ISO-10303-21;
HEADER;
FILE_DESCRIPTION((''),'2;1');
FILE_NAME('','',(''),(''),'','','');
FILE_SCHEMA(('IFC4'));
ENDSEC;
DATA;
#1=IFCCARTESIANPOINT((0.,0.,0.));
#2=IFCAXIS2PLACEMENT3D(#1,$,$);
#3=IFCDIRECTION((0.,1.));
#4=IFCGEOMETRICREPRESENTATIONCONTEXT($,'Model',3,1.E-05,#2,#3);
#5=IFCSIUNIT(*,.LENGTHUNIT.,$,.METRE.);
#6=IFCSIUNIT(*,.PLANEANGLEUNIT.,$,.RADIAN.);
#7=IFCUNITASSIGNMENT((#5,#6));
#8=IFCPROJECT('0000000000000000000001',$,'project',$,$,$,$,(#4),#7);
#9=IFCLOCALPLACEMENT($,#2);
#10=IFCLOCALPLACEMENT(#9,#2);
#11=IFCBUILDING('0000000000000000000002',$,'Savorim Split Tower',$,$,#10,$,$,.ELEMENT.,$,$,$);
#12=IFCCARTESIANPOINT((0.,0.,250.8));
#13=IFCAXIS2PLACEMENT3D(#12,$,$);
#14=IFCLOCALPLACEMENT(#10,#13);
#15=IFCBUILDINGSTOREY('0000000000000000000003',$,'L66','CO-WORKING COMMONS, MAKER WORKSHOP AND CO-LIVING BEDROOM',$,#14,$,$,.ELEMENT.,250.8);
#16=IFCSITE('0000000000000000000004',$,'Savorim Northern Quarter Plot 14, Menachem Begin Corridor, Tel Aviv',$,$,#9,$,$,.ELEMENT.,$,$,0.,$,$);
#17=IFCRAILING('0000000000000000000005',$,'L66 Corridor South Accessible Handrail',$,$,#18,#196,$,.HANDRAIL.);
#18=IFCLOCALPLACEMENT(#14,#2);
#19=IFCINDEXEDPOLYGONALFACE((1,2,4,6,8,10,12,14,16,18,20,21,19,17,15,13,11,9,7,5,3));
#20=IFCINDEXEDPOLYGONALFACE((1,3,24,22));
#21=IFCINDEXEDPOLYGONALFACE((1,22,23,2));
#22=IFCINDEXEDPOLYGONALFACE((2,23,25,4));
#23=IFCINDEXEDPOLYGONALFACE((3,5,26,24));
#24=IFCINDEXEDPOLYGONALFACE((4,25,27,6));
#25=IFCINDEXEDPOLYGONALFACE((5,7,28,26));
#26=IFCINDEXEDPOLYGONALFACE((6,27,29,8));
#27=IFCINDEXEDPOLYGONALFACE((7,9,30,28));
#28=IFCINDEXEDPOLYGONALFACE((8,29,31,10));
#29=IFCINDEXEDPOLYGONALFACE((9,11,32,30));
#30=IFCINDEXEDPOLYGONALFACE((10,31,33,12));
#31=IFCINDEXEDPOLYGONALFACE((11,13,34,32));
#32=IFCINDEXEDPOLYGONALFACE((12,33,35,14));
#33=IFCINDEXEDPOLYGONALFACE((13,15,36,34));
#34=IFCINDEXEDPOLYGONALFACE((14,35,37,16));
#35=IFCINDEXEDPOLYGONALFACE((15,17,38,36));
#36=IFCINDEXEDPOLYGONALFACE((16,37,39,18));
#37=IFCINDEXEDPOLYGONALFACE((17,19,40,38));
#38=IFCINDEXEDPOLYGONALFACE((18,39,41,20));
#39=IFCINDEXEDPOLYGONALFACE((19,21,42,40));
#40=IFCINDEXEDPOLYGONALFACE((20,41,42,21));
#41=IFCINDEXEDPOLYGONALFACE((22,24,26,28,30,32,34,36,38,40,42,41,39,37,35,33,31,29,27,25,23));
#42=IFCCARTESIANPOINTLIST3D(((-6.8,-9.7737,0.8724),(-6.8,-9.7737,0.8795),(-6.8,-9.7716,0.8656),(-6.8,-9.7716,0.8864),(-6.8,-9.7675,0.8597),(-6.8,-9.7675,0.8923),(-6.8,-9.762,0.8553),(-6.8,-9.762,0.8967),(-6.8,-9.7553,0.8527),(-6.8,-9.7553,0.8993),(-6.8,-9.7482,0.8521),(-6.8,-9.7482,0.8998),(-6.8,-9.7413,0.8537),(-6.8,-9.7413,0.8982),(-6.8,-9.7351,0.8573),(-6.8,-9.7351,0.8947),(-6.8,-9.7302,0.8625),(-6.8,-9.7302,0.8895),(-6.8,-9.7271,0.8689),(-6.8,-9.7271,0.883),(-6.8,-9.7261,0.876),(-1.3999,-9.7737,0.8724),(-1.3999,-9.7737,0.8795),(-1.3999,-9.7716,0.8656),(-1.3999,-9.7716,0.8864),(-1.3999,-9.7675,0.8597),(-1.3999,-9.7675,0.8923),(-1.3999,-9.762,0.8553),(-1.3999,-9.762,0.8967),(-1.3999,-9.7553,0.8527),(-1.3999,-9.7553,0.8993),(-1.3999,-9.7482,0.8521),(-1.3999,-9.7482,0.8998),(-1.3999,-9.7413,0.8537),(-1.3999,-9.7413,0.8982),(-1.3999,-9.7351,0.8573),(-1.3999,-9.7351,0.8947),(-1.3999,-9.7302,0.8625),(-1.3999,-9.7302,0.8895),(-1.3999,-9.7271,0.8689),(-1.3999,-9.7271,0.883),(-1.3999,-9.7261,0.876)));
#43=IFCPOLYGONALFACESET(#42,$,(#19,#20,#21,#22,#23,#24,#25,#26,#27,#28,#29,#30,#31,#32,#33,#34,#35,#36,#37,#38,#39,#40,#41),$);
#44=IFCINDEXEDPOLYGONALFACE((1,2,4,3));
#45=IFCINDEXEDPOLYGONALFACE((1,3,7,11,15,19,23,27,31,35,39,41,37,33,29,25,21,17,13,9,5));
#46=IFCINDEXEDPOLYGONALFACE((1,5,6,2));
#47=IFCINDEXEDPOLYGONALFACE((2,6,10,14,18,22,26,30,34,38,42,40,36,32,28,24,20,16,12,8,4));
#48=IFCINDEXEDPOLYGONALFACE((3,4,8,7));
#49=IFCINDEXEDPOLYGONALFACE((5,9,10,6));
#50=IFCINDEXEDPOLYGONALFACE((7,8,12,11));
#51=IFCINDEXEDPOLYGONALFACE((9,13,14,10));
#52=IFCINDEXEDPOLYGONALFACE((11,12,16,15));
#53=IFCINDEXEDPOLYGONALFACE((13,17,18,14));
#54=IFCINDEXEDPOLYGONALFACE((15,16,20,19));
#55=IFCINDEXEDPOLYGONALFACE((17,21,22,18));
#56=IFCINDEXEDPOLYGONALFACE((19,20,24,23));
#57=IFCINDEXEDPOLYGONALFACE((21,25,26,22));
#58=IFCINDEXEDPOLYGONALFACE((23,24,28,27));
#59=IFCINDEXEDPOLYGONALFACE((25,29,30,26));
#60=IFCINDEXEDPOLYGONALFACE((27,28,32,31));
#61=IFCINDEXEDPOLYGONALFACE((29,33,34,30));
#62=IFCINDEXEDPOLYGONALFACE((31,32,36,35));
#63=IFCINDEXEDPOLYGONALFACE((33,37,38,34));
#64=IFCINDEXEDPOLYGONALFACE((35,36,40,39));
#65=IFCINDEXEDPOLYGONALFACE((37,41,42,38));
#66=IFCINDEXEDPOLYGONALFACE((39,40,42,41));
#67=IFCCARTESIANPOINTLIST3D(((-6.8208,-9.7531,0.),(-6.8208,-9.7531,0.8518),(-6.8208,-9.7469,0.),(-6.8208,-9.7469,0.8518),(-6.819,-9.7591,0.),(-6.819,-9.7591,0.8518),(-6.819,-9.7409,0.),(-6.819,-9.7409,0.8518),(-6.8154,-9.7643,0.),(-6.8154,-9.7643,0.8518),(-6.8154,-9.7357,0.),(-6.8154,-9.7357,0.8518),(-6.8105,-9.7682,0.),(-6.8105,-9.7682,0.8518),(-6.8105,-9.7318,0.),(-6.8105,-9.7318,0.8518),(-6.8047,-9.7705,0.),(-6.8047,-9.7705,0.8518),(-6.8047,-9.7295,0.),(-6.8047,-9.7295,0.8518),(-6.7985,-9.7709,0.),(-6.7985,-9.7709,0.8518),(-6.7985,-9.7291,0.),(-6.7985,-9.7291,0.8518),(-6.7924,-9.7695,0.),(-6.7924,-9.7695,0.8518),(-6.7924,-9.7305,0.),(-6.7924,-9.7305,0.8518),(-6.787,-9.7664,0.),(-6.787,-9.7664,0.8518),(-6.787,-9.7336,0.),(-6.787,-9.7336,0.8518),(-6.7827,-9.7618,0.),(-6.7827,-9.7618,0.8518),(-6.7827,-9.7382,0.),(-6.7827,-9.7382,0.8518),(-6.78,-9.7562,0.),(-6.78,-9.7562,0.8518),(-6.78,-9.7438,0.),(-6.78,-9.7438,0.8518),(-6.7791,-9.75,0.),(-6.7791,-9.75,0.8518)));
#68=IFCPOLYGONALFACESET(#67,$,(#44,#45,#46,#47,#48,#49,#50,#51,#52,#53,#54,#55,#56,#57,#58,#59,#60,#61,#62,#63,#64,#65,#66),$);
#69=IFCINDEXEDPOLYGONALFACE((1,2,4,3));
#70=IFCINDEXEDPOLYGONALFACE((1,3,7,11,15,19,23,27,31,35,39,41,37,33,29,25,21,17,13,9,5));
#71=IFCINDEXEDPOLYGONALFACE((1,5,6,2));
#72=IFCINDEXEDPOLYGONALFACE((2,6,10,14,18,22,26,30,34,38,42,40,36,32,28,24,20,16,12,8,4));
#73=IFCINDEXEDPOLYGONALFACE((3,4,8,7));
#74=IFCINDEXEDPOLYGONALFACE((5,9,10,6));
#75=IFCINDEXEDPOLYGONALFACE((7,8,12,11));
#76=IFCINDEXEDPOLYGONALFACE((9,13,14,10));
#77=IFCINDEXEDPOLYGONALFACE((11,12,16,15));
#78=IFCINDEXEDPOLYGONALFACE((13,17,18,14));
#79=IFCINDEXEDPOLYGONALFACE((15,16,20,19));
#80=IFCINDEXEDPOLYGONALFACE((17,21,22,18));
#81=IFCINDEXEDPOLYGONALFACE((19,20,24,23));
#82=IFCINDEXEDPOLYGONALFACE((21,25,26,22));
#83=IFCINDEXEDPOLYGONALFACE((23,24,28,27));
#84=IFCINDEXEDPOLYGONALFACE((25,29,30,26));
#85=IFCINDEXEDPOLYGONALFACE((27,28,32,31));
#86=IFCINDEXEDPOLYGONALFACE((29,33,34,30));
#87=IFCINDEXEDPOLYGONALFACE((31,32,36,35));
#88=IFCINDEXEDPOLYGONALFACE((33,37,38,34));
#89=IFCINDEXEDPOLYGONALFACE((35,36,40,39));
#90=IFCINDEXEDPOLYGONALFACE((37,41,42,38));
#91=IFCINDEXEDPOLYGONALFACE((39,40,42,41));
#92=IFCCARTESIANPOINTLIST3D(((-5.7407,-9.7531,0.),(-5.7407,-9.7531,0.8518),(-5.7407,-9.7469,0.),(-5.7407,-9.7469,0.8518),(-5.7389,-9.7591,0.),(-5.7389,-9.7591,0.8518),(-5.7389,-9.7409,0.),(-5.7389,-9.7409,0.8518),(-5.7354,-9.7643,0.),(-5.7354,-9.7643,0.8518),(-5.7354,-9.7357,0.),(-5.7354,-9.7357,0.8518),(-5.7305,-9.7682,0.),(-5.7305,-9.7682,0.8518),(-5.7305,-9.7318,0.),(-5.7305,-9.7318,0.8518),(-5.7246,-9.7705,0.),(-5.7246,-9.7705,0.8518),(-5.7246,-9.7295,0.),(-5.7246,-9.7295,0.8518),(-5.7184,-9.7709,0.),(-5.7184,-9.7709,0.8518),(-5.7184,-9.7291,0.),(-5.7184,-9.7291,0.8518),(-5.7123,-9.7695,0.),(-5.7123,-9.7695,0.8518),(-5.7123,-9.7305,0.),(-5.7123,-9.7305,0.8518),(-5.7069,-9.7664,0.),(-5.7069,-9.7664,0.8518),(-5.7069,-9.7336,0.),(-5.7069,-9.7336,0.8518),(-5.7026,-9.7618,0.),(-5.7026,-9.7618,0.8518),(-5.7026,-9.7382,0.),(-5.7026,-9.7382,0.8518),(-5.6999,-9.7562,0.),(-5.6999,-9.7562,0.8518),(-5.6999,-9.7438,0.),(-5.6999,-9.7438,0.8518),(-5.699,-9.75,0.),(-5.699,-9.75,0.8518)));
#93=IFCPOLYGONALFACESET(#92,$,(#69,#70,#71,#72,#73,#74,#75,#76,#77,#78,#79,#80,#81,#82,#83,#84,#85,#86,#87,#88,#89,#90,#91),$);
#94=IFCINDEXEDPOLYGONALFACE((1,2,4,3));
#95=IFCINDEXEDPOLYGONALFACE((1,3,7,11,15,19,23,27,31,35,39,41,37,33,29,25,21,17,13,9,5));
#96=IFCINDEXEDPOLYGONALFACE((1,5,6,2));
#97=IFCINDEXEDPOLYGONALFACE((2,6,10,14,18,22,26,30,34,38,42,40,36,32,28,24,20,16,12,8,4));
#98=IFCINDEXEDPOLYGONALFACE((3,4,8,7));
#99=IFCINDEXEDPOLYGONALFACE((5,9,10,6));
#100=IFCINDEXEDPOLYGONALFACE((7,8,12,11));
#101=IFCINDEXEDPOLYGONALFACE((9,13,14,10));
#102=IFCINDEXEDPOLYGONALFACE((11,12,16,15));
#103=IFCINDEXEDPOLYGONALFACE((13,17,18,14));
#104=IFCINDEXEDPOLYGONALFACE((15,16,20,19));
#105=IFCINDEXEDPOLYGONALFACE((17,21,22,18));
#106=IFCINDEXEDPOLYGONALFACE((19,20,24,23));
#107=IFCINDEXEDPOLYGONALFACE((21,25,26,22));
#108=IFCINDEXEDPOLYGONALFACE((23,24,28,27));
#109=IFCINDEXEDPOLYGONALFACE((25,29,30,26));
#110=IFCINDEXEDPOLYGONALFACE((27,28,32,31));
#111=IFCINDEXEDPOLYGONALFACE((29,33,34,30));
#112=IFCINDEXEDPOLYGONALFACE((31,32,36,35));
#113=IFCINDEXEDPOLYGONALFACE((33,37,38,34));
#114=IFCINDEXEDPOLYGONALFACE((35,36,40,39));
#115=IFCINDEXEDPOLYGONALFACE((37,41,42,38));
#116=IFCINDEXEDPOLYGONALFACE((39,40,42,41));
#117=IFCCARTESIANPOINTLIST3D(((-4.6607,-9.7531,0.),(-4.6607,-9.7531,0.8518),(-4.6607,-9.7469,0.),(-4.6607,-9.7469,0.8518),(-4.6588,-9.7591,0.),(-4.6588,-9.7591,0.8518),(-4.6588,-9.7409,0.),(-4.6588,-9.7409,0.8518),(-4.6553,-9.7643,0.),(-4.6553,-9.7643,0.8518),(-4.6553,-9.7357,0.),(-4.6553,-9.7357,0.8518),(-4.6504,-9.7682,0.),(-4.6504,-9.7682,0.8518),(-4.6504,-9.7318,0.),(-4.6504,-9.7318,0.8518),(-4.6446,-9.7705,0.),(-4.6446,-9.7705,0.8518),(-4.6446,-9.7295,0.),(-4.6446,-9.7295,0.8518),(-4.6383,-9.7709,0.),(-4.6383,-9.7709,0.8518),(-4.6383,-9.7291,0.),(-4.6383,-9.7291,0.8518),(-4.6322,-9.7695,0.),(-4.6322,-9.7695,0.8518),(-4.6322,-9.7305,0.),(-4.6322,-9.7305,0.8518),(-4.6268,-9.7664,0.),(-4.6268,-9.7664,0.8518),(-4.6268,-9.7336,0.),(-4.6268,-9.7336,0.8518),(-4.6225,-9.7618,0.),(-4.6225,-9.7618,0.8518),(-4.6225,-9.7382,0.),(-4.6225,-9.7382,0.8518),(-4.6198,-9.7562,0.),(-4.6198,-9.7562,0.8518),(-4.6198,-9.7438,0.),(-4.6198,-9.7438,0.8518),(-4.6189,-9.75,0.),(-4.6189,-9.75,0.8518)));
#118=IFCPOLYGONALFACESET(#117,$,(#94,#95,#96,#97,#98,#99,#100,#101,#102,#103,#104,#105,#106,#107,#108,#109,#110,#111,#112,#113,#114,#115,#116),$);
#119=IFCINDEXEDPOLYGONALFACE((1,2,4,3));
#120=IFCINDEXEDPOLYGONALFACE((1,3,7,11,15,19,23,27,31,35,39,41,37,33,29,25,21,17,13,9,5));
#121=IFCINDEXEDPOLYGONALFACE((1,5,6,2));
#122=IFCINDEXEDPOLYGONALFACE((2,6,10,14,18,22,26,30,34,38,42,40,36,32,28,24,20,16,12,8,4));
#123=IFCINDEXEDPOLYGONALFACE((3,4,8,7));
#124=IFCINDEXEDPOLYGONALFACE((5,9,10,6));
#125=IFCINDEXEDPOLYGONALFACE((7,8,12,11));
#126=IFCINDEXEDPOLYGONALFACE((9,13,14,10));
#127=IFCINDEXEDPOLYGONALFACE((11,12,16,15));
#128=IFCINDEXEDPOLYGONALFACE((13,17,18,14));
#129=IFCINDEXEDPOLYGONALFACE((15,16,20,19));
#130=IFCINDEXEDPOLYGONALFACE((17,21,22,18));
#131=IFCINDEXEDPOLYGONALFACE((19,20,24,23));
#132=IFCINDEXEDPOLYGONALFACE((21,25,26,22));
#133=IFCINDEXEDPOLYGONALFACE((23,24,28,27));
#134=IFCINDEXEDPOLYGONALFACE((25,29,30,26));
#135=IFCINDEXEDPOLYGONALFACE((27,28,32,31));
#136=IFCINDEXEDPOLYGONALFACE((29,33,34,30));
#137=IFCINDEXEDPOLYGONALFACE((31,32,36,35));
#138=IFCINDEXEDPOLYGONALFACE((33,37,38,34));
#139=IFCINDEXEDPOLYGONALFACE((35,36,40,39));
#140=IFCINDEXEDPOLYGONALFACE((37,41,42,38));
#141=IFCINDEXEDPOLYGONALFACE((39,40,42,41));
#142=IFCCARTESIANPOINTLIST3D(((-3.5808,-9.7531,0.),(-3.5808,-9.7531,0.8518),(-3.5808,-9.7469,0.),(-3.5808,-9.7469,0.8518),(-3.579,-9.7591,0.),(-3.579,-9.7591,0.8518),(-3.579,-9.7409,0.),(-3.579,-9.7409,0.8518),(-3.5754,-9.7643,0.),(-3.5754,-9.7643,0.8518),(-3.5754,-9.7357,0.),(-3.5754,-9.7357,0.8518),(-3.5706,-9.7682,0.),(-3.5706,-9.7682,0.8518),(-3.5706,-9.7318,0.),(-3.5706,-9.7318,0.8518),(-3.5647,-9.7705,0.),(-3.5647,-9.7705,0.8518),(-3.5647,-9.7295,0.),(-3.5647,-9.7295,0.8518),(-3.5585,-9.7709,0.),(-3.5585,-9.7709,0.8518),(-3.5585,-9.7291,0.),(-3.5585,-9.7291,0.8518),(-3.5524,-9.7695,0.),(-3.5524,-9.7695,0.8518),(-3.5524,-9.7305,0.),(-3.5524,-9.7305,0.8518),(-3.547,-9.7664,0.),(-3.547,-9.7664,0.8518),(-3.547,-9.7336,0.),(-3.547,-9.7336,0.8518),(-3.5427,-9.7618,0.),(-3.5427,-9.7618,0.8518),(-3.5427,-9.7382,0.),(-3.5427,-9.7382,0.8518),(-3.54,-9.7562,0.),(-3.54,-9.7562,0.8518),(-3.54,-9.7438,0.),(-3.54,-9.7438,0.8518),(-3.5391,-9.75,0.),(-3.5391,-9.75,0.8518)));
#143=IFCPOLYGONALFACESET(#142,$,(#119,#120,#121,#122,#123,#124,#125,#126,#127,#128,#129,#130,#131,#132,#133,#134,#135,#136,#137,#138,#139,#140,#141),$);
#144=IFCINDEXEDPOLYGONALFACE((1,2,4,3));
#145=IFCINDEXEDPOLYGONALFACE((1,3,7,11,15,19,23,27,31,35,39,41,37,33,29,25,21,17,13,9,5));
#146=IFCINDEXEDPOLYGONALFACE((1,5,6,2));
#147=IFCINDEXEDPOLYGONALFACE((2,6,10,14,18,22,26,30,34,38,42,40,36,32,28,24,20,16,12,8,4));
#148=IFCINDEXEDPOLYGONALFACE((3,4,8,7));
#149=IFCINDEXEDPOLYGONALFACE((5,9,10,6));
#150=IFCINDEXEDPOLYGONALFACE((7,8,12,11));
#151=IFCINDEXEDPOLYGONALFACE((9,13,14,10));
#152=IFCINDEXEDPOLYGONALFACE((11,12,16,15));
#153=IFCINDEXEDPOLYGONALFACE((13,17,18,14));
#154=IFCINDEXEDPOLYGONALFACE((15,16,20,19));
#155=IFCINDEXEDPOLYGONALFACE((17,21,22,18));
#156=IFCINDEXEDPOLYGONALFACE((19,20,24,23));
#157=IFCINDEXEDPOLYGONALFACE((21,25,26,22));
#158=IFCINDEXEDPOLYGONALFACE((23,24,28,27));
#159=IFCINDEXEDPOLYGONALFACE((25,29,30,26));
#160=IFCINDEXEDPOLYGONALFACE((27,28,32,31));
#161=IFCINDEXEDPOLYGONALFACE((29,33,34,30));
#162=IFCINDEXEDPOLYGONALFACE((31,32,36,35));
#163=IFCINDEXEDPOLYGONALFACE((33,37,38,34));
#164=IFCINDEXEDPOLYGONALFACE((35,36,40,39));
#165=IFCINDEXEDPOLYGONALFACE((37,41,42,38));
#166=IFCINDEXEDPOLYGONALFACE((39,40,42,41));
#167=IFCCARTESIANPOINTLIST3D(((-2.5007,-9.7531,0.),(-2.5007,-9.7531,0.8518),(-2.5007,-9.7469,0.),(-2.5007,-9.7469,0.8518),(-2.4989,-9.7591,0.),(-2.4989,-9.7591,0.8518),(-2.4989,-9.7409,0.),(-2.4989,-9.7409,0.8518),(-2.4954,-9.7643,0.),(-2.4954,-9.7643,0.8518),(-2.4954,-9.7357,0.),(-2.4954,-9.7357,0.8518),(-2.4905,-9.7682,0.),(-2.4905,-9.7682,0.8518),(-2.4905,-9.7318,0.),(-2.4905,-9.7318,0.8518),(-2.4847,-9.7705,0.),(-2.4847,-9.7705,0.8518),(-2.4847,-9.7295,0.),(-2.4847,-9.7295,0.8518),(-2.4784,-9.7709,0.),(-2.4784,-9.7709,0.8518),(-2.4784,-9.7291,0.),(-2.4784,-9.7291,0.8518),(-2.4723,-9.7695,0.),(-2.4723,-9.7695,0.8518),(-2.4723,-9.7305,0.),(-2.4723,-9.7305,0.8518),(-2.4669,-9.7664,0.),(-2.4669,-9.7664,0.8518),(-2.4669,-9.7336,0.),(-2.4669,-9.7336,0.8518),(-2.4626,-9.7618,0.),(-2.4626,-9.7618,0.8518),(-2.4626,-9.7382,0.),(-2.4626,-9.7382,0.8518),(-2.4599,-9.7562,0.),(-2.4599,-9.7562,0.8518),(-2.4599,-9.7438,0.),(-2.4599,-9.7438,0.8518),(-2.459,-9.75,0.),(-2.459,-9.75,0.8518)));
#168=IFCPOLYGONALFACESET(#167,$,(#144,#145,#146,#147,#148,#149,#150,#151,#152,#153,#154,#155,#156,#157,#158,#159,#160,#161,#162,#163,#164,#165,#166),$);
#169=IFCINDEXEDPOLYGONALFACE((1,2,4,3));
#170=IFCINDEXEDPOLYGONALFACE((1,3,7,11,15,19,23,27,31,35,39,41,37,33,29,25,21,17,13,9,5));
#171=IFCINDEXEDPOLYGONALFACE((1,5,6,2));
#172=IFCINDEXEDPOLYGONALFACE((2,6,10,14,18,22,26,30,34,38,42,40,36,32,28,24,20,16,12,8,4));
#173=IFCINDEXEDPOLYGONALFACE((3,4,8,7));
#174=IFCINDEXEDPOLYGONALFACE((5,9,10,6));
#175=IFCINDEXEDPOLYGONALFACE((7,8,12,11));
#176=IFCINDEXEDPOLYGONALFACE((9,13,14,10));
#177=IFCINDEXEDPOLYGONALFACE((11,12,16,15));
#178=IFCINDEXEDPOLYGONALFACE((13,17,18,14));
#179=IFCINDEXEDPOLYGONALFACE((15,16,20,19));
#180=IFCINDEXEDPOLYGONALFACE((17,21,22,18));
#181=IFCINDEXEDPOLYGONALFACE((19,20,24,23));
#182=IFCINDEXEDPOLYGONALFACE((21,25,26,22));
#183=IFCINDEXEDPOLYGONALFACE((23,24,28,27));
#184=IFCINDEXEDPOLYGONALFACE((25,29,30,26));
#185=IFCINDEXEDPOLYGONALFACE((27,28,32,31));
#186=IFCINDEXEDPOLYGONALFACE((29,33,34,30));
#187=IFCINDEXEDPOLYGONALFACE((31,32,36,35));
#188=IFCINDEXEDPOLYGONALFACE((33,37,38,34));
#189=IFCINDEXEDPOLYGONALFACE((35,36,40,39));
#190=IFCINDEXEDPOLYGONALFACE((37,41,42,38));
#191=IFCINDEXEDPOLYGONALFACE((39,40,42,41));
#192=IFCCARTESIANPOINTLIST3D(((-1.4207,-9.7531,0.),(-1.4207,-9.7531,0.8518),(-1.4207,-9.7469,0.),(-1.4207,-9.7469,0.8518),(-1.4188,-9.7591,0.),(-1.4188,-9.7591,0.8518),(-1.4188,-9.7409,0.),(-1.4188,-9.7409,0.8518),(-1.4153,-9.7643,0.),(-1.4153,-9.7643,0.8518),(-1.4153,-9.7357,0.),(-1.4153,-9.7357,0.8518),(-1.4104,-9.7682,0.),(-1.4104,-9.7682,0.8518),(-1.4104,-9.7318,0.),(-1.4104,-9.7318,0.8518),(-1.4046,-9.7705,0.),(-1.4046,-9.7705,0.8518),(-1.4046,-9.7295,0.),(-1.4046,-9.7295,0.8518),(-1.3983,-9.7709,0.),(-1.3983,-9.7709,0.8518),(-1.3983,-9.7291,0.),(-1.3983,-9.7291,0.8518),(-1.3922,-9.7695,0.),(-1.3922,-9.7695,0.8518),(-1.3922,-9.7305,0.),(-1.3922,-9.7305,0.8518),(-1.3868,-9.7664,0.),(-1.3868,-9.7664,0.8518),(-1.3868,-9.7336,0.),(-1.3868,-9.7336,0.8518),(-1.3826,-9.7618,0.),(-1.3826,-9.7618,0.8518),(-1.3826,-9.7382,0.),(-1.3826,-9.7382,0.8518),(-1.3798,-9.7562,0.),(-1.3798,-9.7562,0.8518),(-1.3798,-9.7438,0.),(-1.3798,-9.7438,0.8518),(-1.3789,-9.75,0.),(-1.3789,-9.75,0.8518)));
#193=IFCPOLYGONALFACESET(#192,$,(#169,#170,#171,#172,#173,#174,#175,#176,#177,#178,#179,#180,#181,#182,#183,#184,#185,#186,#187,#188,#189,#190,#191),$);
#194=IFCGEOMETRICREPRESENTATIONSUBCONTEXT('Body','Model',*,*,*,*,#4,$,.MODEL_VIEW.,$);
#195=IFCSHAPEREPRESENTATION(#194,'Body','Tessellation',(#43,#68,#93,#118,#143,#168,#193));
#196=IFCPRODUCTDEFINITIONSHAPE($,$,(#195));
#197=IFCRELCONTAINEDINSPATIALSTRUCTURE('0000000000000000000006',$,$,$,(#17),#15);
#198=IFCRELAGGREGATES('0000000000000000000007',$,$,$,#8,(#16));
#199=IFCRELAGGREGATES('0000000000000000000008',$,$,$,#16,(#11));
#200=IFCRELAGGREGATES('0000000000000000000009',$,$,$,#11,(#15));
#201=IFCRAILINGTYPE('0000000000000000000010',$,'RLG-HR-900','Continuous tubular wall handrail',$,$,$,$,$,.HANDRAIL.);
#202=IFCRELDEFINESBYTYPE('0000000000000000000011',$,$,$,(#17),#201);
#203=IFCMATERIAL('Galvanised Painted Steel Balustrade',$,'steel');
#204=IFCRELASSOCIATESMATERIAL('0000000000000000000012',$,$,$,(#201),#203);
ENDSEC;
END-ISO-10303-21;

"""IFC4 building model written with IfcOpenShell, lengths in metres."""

from ifc_helpers import new_model, si_unit, direction, frame, origin, origin_2d, place, context, subcontext, project, spatial, circle, extrude, material, type_object, element, save


model = new_model("IFC4")

# Units and contexts
model_context = context("Model", 3, precision=1e-05, world=origin(), true_north=direction((0.0, 1.0)))
body_context = subcontext(model_context, "Body", "Model", "MODEL_VIEW")
ifc_project = project(units=[si_unit("LENGTHUNIT", "METRE"), si_unit("PLANEANGLEUNIT", "RADIAN")], contexts=[model_context])

# Site, building, storey
site_placement = place(None, origin())
site = spatial("IfcSite", under=ifc_project, at=site_placement, Name="Savorim Northern Quarter Plot 14, Menachem Begin Corridor, Tel Aviv", CompositionType="ELEMENT", RefElevation=0.0)
building_placement = place(site_placement, origin())
building = spatial("IfcBuilding", under=site, at=building_placement, Name="Savorim Split Tower", CompositionType="ELEMENT")
storey_placement = place(building_placement, frame((0.0, 0.0, 250.8)))
storey = spatial("IfcBuildingStorey", under=building, at=storey_placement, Name="L66", Description="CO-WORKING COMMONS, MAKER WORKSHOP AND CO-LIVING BEDROOM", CompositionType="ELEMENT", Elevation=250.8)

# Railing
ifc_material_1 = material(Name="Galvanised Painted Steel Balustrade", Category="steel")
railing_type_1 = type_object("IfcRailingType", Name="RLG-HR-900", Description="Continuous tubular wall handrail", PredefinedType="HANDRAIL", material=ifc_material_1)
railing_1_placement = place(storey_placement, frame((-6.8, -9.75, 0.0)))
element("IfcRailing", 1, at=railing_1_placement, inside=storey, type_object=railing_type_1, Name="L66 Corridor South Accessible Handrail", PredefinedType="HANDRAIL", context=body_context, shape_type="SweptSolid", body=[
    extrude(circle(Radius=0.0239, at=origin_2d()), frame((0.0, 0.0, 0.876), z_axis=(1.0, 0.0, 0.0), x_axis=(0.0, 1.0, 0.0)), (0.0, 0.0, 1.0), 5.4001),
    extrude(circle(Radius=0.021, at=origin_2d()), origin(), (0.0, 0.0, 1.0), 0.8518),
    extrude(circle(Radius=0.021, at=origin_2d()), frame((1.0801, 0.0, 0.0)), (0.0, 0.0, 1.0), 0.8518),
    extrude(circle(Radius=0.021, at=origin_2d()), frame((2.1602, 0.0, 0.0)), (0.0, 0.0, 1.0), 0.8518),
    extrude(circle(Radius=0.021, at=origin_2d()), frame((3.24, 0.0, 0.0)), (0.0, 0.0, 1.0), 0.8518),
    extrude(circle(Radius=0.021, at=origin_2d()), frame((4.3201, 0.0, 0.0)), (0.0, 0.0, 1.0), 0.8518),
    extrude(circle(Radius=0.021, at=origin_2d()), frame((5.4001, 0.0, 0.0)), (0.0, 0.0, 1.0), 0.8518),
])

save(model, "model.ifc")
